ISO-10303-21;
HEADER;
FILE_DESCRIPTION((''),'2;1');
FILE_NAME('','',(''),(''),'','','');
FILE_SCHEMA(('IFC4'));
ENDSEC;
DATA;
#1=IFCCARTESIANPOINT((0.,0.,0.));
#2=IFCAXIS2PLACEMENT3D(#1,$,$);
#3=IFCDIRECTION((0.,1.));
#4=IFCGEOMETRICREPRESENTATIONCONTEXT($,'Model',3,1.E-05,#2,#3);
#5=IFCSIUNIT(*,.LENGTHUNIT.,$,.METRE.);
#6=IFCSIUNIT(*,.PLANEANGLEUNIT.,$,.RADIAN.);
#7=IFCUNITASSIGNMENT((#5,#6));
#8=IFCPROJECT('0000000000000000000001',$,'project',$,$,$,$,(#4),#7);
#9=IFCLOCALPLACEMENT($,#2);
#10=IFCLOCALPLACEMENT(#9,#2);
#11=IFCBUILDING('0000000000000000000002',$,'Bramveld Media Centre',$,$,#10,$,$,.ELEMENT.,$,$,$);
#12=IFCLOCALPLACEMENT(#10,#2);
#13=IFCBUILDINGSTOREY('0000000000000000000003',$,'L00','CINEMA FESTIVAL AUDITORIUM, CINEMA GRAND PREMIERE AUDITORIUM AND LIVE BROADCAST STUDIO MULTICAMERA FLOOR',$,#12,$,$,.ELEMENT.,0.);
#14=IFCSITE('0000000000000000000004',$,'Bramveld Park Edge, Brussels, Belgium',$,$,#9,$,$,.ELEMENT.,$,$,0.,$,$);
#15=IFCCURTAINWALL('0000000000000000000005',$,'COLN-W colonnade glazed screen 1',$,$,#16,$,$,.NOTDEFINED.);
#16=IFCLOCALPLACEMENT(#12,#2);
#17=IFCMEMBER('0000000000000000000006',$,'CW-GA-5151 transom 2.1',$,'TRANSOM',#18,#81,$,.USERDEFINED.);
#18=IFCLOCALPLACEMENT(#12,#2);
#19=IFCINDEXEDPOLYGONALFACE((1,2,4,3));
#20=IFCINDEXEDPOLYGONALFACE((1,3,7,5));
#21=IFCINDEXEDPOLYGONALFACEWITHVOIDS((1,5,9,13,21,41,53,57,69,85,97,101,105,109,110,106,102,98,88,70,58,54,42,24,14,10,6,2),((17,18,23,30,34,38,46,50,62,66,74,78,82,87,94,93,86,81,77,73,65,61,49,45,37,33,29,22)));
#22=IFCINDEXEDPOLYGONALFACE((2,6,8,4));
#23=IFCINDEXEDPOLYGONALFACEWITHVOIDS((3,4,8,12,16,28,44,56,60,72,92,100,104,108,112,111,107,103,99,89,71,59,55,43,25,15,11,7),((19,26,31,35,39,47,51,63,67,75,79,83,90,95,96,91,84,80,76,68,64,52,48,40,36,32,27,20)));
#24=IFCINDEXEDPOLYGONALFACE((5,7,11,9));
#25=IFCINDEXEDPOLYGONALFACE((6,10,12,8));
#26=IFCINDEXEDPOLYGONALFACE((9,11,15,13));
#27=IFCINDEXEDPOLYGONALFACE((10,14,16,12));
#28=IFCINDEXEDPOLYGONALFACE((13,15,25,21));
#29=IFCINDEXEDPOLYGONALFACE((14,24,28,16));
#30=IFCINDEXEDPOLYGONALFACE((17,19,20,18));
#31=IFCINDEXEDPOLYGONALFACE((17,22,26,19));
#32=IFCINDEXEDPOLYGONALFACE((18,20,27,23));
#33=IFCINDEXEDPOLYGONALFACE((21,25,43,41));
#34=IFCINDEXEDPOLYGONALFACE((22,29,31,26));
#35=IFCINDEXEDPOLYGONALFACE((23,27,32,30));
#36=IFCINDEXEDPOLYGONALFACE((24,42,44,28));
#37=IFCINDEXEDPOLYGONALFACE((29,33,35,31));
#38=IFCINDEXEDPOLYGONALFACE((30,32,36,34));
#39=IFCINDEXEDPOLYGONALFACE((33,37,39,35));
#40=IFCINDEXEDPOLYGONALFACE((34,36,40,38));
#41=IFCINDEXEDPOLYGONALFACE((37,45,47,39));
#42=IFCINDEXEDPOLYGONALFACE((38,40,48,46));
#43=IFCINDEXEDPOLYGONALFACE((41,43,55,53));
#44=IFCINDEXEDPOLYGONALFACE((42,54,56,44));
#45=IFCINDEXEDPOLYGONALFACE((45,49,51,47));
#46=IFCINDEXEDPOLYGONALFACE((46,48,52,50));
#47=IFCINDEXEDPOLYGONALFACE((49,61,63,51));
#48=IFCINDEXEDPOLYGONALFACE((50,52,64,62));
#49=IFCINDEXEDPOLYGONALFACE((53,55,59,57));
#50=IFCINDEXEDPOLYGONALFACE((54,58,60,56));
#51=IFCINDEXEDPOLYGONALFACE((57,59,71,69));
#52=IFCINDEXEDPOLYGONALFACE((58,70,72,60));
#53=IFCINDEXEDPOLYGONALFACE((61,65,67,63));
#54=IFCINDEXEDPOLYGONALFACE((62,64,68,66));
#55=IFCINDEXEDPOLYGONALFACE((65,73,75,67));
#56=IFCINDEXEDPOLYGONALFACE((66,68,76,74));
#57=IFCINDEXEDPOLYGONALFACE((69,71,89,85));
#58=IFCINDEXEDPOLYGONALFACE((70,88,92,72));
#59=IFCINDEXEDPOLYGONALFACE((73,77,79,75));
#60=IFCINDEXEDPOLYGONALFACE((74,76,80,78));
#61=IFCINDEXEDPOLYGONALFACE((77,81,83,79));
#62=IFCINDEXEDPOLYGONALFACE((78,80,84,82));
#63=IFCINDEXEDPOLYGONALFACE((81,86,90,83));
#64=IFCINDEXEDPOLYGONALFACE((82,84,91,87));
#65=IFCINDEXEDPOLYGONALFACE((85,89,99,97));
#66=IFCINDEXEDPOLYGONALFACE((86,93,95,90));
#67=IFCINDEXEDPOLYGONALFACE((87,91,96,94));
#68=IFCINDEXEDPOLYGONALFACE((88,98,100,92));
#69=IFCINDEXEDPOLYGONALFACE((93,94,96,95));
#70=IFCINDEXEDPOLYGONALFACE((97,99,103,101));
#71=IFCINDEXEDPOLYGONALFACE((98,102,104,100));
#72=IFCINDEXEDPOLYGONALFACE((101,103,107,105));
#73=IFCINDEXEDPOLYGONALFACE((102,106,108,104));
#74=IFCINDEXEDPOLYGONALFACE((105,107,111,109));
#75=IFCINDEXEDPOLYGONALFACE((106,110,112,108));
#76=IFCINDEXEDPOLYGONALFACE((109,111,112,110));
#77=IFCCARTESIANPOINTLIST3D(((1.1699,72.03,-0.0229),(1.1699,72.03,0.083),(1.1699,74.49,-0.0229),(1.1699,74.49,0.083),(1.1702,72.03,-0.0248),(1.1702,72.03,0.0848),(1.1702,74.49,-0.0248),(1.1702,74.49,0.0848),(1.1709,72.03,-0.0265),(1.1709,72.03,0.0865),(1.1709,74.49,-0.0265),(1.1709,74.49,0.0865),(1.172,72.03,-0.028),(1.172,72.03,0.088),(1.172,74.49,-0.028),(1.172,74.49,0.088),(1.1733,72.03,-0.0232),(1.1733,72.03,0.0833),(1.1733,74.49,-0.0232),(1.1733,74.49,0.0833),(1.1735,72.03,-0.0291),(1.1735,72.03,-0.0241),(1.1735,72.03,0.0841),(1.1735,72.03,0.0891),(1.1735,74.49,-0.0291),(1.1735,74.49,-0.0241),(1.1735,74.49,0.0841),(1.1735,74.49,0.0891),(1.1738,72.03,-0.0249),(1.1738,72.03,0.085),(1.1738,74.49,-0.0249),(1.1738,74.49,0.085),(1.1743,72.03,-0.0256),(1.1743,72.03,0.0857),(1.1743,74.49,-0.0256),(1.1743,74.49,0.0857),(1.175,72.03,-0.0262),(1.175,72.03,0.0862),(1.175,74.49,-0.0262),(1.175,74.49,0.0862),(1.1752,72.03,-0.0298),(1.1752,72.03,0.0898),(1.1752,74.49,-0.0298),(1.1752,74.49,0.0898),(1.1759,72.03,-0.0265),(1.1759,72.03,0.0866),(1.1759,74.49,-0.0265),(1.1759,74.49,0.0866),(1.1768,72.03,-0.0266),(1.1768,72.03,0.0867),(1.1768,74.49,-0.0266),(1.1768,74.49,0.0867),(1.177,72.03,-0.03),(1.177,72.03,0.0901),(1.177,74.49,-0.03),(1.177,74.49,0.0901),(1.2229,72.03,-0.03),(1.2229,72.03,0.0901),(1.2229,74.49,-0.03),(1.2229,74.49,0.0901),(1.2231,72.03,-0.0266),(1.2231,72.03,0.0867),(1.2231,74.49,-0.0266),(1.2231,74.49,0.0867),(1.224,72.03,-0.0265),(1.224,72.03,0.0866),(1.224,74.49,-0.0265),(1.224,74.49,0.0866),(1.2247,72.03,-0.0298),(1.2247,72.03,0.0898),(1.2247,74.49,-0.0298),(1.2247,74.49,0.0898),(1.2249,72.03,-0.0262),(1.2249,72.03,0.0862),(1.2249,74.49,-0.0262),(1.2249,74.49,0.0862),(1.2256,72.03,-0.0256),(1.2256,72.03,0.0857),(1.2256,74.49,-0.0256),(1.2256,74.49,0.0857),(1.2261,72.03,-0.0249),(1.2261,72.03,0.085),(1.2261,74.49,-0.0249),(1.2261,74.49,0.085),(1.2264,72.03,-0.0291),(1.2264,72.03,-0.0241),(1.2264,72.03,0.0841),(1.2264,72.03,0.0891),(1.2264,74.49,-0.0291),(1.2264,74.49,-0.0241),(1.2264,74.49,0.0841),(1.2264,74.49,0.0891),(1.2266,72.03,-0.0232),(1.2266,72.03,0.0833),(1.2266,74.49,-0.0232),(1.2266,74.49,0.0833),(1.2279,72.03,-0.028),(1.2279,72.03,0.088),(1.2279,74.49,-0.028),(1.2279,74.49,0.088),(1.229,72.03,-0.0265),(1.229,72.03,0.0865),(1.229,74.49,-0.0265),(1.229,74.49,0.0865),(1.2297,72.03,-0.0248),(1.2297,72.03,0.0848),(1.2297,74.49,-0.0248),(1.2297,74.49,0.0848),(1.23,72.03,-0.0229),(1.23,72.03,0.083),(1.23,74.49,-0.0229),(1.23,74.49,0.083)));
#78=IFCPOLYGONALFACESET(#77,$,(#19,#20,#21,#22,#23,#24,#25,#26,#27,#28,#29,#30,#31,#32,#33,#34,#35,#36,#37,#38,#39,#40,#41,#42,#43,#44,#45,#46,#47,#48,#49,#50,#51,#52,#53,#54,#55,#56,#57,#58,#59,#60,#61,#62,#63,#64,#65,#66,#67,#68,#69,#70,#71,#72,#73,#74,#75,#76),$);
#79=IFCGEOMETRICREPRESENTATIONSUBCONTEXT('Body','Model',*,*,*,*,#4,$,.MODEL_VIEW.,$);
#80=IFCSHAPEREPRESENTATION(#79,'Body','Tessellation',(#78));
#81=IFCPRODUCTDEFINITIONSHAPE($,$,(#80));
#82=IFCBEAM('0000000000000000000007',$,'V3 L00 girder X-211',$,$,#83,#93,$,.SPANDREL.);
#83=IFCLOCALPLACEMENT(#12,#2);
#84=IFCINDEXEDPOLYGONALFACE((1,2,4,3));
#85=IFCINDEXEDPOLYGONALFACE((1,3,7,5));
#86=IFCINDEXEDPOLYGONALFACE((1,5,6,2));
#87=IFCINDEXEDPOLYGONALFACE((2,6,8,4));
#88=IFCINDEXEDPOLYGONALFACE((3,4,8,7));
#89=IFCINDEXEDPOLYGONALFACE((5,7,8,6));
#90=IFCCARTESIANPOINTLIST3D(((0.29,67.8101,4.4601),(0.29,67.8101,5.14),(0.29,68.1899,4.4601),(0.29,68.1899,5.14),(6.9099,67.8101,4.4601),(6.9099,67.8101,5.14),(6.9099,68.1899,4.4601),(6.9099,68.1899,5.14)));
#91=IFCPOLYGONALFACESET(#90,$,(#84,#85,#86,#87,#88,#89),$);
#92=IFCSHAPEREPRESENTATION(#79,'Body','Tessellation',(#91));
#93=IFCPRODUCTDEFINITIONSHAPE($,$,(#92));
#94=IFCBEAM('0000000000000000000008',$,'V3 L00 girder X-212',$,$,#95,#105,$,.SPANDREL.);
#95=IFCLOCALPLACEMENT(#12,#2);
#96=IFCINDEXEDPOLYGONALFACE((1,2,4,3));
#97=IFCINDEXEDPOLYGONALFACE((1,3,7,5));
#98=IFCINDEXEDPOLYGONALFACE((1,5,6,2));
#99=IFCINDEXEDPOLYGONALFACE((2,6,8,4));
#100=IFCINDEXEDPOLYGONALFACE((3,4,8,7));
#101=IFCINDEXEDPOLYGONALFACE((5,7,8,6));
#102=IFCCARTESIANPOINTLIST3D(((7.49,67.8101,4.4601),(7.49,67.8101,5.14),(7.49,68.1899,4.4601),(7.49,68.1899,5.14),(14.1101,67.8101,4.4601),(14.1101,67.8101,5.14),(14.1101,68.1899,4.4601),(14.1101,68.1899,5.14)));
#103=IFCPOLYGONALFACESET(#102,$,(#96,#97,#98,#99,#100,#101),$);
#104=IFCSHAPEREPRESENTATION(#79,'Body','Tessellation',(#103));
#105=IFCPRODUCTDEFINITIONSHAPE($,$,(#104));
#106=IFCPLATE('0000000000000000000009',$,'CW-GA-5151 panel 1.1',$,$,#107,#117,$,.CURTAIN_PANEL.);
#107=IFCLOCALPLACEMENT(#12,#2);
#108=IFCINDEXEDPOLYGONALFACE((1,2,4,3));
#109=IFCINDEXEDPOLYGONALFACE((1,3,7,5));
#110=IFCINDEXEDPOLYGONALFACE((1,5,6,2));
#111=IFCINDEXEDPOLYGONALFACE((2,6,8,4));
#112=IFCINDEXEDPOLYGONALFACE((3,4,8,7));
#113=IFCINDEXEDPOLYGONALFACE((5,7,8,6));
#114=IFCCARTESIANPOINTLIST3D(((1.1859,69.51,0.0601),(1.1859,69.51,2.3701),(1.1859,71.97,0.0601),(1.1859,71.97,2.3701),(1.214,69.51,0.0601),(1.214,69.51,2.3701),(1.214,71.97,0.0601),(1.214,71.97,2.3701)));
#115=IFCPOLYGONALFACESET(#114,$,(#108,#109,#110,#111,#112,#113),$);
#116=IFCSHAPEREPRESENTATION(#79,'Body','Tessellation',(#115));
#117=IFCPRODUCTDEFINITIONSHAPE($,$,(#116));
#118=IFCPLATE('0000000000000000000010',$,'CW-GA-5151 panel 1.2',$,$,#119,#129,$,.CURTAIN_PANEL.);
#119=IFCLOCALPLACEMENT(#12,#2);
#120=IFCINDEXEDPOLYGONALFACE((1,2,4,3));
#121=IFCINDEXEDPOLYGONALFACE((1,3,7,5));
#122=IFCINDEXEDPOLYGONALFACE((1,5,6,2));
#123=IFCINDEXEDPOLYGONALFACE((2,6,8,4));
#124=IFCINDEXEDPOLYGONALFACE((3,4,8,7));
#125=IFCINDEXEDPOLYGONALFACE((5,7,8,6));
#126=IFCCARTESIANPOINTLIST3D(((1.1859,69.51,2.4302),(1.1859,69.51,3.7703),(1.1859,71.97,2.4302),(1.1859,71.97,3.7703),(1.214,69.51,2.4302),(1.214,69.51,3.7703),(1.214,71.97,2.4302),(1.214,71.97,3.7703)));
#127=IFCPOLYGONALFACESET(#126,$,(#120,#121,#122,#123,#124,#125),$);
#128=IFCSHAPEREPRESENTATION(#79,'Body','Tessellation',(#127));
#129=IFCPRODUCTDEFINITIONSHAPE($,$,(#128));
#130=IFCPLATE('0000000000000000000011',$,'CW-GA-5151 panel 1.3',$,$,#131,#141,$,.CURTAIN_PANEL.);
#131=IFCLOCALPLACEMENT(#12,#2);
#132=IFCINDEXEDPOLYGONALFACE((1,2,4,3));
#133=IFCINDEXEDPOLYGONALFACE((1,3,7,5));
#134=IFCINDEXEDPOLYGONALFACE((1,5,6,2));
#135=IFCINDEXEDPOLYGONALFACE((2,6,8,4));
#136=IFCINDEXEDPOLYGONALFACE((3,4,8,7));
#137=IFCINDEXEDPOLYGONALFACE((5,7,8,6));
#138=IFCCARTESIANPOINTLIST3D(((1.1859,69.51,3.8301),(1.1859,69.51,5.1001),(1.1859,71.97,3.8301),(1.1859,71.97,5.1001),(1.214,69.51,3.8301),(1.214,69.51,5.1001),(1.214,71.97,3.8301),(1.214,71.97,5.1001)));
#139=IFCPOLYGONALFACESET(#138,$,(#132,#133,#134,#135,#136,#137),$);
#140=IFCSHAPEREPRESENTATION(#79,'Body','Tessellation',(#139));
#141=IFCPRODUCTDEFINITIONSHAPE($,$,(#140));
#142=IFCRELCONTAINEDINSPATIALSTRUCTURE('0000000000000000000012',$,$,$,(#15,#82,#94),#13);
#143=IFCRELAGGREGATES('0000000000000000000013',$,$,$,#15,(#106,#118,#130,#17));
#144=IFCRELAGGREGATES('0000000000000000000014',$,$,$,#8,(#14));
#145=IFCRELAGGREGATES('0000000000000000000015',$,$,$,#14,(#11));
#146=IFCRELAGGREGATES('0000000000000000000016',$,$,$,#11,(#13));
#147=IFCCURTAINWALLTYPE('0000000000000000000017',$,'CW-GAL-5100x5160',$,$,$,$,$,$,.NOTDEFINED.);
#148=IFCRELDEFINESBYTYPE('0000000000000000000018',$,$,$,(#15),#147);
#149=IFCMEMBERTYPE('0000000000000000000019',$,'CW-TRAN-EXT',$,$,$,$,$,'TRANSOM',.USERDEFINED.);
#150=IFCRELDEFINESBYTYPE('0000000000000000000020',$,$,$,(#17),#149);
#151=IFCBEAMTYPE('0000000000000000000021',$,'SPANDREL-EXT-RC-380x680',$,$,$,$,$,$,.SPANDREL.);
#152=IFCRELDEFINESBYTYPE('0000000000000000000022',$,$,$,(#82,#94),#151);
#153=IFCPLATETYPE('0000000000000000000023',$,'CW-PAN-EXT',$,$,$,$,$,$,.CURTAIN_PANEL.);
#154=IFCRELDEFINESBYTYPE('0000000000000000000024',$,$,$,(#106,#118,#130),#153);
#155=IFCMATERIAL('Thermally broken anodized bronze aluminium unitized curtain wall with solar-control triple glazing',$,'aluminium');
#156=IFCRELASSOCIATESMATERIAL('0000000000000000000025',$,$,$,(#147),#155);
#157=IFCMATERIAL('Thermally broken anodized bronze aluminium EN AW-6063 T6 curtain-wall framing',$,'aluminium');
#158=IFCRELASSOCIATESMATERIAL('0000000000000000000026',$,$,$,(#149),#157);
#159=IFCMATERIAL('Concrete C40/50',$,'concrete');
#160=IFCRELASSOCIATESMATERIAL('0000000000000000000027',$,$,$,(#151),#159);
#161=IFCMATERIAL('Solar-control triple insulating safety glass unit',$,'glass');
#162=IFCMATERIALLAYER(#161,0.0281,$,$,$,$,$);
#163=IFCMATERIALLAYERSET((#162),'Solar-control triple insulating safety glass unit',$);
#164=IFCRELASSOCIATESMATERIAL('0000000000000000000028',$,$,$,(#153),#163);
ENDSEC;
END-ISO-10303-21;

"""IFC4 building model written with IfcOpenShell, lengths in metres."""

from ifc_helpers import new_model, si_unit, direction, frame, origin, origin_2d, place, context, subcontext, project, spatial, rectangle, hollow_rectangle, extrude, material, layer, layer_set, material_profile, profile_set, type_object, element, aggregate, save


model = new_model("IFC4")

# Units and contexts
model_context = context("Model", 3, precision=1e-05, world=origin(), true_north=direction((0.0, 1.0)))
body_context = subcontext(model_context, "Body", "Model", "MODEL_VIEW")
ifc_project = project(units=[si_unit("LENGTHUNIT", "METRE"), si_unit("PLANEANGLEUNIT", "RADIAN")], contexts=[model_context])

# Site, building, storey
site_placement = place(None, origin())
site = spatial("IfcSite", under=ifc_project, at=site_placement, Name="Bramveld Park Edge, Brussels, Belgium", CompositionType="ELEMENT", RefElevation=0.0)
building_placement = place(site_placement, origin())
building = spatial("IfcBuilding", under=site, at=building_placement, Name="Bramveld Media Centre", CompositionType="ELEMENT")
storey_placement = place(building_placement, origin())
storey = spatial("IfcBuildingStorey", under=building, at=storey_placement, Name="L00", Description="CINEMA FESTIVAL AUDITORIUM, CINEMA GRAND PREMIERE AUDITORIUM AND LIVE BROADCAST STUDIO MULTICAMERA FLOOR", CompositionType="ELEMENT", Elevation=0.0)

# Curtain wall, member
ifc_material_1 = material(Name="Thermally broken anodized bronze aluminium unitized curtain wall with solar-control triple glazing", Category="aluminium")
curtain_wall_type = type_object("IfcCurtainWallType", Name="CW-GAL-5100x5160", PredefinedType="NOTDEFINED", material=ifc_material_1)
curtain_wall_placement = place(storey_placement, origin())
curtain_wall = element("IfcCurtainWall", 1, at=curtain_wall_placement, inside=storey, type_object=curtain_wall_type, Name="COLN-W colonnade glazed screen 1", PredefinedType="NOTDEFINED")
ifc_material_2 = material(Name="Thermally broken anodized bronze aluminium EN AW-6063 T6 curtain-wall framing", Category="aluminium")
ifc_material_profile_1 = material_profile(ifc_material_2, hollow_rectangle(XDim=0.0601, YDim=0.1201, WallThickness=0.0034, InnerFilletRadius=0.0034, OuterFilletRadius=0.0071, at=origin_2d()), Name="AL-TRAN 60x120")
ifc_profile_set_1 = profile_set([ifc_material_profile_1], Name="Thermally broken anodized bronze aluminium EN AW-6063 T6 curtain-wall framing")
member_type_1 = type_object("IfcMemberType", Name="CW-TRAN-EXT", ElementType="TRANSOM", PredefinedType="USERDEFINED", material=ifc_profile_set_1)
member_1_placement = place(storey_placement, frame((1.2, 72.03, 0.03), z_axis=(0.0, 1.0, 0.0), x_axis=(-1.0, 0.0, 0.0)))
member_1 = element("IfcMember", 2, at=member_1_placement, type_object=member_type_1, Name="CW-GA-5151 transom 2.1", ObjectType="TRANSOM", PredefinedType="USERDEFINED", context=body_context, shape_type="SweptSolid", body=[
    extrude(hollow_rectangle(XDim=0.0601, YDim=0.1201, WallThickness=0.0034, InnerFilletRadius=0.0034, OuterFilletRadius=0.0071, at=origin_2d()), origin(), (0.0, 0.0, 1.0), 2.46),
])

# Beams
ifc_material_3 = material(Name="Concrete C40/50", Category="concrete")
ifc_material_profile_2 = material_profile(ifc_material_3, rectangle(XDim=0.3799, YDim=0.6799, at=origin_2d()), Name="RC 380x680")
ifc_profile_set_2 = profile_set([ifc_material_profile_2], Name="Concrete C40/50")
beam_type = type_object("IfcBeamType", Name="SPANDREL-EXT-RC-380x680", PredefinedType="SPANDREL", material=ifc_profile_set_2)
beam_1_placement = place(storey_placement, frame((0.29, 68.0, 4.8), z_axis=(1.0, 0.0, 0.0), x_axis=(0.0, 1.0, 0.0)))
element("IfcBeam", 3, at=beam_1_placement, inside=storey, type_object=beam_type, Name="V3 L00 girder X-211", PredefinedType="SPANDREL", context=body_context, shape_type="SweptSolid", body=[
    extrude(rectangle(XDim=0.3799, YDim=0.6799, at=origin_2d()), origin(), (0.0, 0.0, 1.0), 6.6199),
])
beam_2_placement = place(storey_placement, frame((7.49, 68.0, 4.8), z_axis=(1.0, 0.0, 0.0), x_axis=(0.0, 1.0, 0.0)))
element("IfcBeam", 4, at=beam_2_placement, inside=storey, type_object=beam_type, Name="V3 L00 girder X-212", PredefinedType="SPANDREL", context=body_context, shape_type="SweptSolid", body=[
    extrude(rectangle(XDim=0.3799, YDim=0.6799, at=origin_2d()), origin(), (0.0, 0.0, 1.0), 6.6201),
])

# Plates
ifc_material_4 = material(Name="Solar-control triple insulating safety glass unit", Category="glass")
ifc_layer_1 = layer(ifc_material_4, 0.0281)
ifc_layer_set_1 = layer_set([ifc_layer_1], Name="Solar-control triple insulating safety glass unit")
plate_type = type_object("IfcPlateType", Name="CW-PAN-EXT", PredefinedType="CURTAIN_PANEL", material=ifc_layer_set_1)
plate_1_placement = place(storey_placement, frame((1.2, 70.74, 0.0601), z_axis=(0.0, 0.0, 1.0), x_axis=(0.0, 1.0, 0.0)))
plate_1 = element("IfcPlate", 5, at=plate_1_placement, type_object=plate_type, Name="CW-GA-5151 panel 1.1", PredefinedType="CURTAIN_PANEL", context=body_context, shape_type="SweptSolid", body=[
    extrude(rectangle(XDim=2.46, YDim=0.0281, at=origin_2d()), origin(), (0.0, 0.0, 1.0), 2.3101),
])
plate_2_placement = place(storey_placement, frame((1.2, 70.74, 2.4302), z_axis=(0.0, 0.0, 1.0), x_axis=(0.0, 1.0, 0.0)))
plate_2 = element("IfcPlate", 6, at=plate_2_placement, type_object=plate_type, Name="CW-GA-5151 panel 1.2", PredefinedType="CURTAIN_PANEL", context=body_context, shape_type="SweptSolid", body=[
    extrude(rectangle(XDim=2.46, YDim=0.0281, at=origin_2d()), origin(), (0.0, 0.0, 1.0), 1.3401),
])
plate_3_placement = place(storey_placement, frame((1.2, 70.74, 3.8301), z_axis=(0.0, 0.0, 1.0), x_axis=(0.0, 1.0, 0.0)))
plate_3 = element("IfcPlate", 7, at=plate_3_placement, type_object=plate_type, Name="CW-GA-5151 panel 1.3", PredefinedType="CURTAIN_PANEL", context=body_context, shape_type="SweptSolid", body=[
    extrude(rectangle(XDim=2.46, YDim=0.0281, at=origin_2d()), origin(), (0.0, 0.0, 1.0), 1.27),
])
aggregate(curtain_wall, [plate_1, plate_2, plate_3, member_1])

save(model, "model.ifc")
